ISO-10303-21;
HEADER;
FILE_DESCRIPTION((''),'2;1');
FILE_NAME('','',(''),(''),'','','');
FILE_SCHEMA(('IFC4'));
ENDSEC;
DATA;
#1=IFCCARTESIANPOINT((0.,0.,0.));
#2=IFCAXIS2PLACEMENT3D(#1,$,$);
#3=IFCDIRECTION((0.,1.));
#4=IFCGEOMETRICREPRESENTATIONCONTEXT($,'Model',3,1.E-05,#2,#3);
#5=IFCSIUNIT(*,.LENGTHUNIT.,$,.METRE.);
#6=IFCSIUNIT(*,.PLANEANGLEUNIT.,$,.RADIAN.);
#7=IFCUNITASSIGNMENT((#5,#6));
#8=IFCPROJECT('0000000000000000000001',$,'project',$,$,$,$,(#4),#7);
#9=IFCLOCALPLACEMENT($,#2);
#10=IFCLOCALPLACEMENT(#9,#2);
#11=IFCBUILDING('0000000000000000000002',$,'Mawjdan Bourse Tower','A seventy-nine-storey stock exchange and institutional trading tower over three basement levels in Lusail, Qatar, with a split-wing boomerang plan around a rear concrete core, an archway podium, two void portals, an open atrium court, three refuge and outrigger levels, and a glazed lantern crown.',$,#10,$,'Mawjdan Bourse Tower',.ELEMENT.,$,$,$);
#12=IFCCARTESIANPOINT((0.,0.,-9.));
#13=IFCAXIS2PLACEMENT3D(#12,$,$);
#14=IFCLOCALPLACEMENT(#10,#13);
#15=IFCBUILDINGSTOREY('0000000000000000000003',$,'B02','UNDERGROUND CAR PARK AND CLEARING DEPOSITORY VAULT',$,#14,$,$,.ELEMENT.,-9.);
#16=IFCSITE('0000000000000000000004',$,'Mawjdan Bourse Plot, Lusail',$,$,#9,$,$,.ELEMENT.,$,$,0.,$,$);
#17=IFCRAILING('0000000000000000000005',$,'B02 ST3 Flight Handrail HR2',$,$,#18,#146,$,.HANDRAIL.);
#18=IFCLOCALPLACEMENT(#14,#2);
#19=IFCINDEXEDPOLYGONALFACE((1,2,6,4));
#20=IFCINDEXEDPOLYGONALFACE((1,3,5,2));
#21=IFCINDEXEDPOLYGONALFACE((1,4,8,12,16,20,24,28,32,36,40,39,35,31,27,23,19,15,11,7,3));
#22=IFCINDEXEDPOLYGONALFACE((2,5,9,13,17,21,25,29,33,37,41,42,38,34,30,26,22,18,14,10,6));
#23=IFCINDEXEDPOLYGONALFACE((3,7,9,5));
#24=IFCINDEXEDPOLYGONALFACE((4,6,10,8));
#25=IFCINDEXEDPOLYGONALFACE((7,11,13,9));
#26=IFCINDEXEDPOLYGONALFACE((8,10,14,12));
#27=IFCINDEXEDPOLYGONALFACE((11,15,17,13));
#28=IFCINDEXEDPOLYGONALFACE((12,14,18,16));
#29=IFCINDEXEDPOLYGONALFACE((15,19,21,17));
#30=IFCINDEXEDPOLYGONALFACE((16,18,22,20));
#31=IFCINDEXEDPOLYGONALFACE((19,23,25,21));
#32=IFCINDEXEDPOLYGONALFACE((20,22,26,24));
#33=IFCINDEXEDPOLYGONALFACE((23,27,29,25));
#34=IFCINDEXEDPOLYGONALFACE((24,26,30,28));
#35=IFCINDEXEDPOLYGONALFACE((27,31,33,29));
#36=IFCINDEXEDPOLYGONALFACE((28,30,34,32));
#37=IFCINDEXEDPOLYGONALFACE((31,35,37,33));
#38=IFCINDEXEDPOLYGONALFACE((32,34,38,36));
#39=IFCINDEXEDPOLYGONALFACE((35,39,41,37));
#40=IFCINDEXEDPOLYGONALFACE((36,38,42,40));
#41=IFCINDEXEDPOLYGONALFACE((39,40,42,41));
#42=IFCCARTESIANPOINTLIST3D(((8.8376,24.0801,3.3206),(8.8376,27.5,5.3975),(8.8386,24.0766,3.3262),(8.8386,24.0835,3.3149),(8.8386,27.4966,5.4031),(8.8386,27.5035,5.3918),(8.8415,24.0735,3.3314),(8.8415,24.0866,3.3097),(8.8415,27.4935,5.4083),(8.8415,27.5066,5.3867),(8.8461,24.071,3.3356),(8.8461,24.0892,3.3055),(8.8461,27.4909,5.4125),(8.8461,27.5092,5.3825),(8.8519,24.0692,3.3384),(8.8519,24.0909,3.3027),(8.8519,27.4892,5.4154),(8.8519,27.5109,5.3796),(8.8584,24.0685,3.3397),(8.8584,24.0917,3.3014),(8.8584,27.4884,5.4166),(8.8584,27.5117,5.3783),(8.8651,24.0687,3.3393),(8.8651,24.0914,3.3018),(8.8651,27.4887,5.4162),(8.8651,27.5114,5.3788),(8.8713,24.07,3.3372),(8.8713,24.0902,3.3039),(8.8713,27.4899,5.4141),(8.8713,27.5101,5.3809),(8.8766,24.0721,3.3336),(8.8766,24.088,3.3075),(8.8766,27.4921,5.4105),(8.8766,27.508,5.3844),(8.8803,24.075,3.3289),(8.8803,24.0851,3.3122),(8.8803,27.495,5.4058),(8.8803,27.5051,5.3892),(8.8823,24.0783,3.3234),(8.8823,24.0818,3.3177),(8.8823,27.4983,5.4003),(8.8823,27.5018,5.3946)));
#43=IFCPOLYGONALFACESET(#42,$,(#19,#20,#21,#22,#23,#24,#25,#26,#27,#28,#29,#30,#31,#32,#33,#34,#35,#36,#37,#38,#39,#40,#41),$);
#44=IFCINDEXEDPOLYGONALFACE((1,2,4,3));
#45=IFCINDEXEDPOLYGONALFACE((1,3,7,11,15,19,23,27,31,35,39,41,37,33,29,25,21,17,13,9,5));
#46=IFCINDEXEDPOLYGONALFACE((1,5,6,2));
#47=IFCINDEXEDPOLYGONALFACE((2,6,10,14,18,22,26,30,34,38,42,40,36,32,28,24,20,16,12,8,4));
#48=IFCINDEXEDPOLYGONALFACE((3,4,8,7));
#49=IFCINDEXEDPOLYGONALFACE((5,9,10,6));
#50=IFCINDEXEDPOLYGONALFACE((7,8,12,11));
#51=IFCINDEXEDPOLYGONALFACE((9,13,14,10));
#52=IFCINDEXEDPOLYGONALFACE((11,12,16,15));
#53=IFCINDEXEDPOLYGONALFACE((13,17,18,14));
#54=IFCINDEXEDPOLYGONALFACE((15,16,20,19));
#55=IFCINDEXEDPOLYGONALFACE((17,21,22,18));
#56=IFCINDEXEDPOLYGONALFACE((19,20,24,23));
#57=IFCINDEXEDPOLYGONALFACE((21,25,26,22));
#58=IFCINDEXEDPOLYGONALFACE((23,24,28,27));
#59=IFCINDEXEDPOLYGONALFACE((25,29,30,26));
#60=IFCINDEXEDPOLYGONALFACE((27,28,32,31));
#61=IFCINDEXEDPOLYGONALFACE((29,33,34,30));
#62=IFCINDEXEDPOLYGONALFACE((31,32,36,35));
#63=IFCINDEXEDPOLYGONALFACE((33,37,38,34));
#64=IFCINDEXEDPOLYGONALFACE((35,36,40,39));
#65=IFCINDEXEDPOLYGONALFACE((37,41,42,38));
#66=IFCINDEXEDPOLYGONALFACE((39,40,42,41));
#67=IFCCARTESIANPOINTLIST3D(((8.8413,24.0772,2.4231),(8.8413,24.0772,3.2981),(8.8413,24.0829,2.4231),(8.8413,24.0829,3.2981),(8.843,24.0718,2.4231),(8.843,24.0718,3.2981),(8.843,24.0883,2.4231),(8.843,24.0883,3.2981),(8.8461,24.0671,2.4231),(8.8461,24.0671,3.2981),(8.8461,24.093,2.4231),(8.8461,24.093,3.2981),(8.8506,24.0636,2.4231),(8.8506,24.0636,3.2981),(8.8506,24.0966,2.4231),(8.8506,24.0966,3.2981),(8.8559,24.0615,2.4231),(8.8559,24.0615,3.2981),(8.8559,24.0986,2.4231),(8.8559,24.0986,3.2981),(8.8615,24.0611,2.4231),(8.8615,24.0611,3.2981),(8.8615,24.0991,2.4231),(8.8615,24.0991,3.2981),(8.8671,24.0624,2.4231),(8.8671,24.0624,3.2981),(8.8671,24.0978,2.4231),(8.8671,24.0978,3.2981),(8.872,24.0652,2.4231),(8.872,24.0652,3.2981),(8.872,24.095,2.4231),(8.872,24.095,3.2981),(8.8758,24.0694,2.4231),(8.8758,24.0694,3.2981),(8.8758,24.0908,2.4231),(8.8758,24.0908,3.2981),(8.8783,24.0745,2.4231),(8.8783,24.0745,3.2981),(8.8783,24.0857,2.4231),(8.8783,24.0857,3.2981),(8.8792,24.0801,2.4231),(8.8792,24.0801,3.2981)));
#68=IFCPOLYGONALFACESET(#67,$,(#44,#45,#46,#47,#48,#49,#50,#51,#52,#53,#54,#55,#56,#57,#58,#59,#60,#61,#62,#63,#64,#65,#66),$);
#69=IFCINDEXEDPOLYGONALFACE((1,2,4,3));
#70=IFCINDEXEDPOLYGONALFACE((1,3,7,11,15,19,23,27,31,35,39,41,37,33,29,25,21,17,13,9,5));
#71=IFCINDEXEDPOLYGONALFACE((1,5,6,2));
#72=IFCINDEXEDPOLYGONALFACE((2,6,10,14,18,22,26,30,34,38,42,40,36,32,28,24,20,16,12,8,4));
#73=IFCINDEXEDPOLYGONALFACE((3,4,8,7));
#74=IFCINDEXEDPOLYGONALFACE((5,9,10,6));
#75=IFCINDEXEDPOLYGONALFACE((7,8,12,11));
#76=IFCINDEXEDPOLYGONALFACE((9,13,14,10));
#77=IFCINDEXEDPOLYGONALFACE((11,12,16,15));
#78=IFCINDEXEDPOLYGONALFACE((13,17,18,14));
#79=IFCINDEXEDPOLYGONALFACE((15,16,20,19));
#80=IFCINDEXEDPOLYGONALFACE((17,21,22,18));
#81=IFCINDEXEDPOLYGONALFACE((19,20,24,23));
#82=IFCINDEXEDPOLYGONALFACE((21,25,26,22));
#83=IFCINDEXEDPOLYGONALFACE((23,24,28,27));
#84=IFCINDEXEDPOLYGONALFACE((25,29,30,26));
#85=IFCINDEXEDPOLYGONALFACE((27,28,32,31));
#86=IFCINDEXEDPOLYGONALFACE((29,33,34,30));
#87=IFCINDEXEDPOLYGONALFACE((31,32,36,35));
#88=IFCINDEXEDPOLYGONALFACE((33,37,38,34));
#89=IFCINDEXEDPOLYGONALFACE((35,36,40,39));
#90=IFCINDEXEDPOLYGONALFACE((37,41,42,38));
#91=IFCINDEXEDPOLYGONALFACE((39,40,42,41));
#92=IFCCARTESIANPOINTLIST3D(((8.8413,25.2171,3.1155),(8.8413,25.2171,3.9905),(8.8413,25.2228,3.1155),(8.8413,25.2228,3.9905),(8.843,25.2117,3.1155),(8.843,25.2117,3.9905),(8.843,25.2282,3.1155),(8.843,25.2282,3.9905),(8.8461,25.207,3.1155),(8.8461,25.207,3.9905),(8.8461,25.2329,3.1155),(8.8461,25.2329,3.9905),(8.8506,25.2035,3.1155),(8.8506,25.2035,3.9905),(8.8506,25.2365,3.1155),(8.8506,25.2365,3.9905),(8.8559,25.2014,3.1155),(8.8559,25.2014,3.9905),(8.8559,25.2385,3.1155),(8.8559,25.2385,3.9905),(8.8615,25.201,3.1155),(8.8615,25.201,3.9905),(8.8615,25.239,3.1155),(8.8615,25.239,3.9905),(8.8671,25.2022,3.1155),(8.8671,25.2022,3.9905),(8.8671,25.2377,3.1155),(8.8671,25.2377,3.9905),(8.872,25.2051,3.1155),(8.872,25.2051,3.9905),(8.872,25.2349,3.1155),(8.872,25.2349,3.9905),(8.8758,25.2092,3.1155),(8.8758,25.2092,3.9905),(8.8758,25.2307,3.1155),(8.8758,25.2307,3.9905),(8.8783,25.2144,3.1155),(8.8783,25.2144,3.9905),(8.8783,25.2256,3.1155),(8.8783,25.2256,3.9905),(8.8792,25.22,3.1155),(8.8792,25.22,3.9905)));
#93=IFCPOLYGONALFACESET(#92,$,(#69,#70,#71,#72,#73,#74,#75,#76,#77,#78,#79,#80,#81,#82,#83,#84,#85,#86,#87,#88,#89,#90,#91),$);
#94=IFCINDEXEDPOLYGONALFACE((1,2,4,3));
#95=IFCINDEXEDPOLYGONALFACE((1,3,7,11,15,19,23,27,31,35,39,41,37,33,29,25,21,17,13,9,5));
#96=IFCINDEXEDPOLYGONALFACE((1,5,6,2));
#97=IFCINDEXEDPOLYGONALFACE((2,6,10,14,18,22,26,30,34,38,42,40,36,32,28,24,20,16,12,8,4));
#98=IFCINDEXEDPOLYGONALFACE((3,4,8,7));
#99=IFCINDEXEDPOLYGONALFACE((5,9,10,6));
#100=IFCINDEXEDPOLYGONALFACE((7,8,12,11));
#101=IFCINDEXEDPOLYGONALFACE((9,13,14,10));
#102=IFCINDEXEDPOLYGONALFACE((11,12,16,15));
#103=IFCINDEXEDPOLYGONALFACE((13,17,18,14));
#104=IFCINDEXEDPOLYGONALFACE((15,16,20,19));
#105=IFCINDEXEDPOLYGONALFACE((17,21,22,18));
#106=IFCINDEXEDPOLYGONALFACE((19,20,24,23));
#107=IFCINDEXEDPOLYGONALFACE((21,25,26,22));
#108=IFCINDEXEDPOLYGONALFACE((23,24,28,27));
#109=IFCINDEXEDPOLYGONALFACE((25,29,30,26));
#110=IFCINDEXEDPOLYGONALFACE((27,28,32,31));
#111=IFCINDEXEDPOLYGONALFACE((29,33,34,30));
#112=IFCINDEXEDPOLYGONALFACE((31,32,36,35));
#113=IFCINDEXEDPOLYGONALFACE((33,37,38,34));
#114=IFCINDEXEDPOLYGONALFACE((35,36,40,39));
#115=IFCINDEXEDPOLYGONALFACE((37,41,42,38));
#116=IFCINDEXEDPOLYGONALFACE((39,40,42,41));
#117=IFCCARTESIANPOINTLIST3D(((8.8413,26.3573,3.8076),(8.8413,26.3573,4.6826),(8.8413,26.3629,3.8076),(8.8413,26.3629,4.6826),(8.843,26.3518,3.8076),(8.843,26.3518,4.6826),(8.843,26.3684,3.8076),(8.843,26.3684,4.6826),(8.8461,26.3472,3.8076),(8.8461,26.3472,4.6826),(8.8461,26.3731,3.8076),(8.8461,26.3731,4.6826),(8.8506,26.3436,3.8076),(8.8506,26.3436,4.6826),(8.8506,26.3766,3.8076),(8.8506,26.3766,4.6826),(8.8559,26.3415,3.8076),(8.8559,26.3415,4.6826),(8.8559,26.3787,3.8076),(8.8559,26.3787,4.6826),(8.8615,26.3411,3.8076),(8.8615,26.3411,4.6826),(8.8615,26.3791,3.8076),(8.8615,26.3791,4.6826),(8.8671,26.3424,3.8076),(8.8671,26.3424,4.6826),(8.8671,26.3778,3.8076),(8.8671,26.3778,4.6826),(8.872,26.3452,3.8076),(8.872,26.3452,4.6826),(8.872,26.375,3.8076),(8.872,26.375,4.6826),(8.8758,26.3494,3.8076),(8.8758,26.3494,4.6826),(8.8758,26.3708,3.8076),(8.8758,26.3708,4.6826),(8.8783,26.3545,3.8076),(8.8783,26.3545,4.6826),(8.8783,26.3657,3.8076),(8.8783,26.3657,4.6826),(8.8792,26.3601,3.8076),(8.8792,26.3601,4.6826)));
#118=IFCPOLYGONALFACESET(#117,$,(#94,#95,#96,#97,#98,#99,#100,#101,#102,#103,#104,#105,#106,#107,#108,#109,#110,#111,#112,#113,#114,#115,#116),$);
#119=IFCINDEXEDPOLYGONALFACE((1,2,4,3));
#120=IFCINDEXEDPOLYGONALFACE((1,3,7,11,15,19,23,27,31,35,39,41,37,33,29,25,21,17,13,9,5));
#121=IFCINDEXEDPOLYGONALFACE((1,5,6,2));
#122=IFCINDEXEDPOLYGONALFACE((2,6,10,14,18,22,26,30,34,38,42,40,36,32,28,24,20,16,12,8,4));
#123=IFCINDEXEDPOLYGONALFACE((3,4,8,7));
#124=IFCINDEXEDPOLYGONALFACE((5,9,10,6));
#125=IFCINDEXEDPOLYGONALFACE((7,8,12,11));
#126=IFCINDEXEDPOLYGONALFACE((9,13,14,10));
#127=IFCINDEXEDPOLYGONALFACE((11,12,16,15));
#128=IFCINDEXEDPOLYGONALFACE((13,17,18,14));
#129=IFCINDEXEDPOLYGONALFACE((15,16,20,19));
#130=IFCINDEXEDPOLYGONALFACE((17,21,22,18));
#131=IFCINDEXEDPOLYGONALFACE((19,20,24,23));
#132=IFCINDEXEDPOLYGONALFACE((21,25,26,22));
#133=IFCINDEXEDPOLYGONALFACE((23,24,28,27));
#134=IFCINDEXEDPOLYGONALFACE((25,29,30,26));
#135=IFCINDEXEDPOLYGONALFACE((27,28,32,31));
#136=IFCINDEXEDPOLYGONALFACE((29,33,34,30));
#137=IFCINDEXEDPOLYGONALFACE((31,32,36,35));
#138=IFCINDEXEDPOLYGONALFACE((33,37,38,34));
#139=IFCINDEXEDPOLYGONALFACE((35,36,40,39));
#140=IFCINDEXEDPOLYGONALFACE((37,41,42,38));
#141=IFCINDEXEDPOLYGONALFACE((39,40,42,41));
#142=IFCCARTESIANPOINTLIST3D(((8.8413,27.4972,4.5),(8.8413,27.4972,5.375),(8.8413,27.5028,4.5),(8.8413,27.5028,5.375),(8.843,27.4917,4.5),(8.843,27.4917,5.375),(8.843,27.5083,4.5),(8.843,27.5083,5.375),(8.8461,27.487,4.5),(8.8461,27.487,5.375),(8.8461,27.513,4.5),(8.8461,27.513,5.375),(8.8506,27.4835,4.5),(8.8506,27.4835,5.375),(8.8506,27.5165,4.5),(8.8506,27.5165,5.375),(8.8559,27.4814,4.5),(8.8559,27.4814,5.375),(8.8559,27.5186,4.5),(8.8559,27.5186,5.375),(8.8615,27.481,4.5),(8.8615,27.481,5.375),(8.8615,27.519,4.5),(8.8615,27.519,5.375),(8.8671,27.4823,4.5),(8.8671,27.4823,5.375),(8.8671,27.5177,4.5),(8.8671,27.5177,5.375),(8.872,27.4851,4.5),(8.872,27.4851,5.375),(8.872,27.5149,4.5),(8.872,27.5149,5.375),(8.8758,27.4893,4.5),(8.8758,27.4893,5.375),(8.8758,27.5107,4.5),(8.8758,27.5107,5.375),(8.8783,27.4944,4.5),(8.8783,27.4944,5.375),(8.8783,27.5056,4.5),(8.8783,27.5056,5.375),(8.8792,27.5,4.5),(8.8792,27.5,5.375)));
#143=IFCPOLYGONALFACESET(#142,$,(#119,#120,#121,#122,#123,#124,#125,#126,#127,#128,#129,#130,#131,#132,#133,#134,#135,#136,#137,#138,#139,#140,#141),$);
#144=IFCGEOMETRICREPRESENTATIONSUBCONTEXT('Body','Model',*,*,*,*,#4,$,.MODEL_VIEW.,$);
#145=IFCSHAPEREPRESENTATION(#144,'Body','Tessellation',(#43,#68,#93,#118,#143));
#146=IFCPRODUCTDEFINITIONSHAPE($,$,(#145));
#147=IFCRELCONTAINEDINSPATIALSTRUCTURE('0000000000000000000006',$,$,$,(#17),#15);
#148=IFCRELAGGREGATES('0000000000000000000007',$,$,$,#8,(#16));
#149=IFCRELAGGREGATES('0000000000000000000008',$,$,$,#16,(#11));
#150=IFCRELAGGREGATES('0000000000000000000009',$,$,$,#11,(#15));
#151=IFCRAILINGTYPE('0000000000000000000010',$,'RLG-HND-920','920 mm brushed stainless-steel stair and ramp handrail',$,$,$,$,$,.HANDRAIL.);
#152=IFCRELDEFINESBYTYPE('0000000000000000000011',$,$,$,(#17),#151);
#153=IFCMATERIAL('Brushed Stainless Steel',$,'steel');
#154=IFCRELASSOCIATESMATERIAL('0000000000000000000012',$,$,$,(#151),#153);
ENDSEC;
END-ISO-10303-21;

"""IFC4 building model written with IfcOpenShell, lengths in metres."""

from ifc_helpers import new_model, si_unit, direction, frame, origin, origin_2d, place, context, subcontext, project, spatial, circle, extrude, material, type_object, element, save


model = new_model("IFC4")

# Units and contexts
model_context = context("Model", 3, precision=1e-05, world=origin(), true_north=direction((0.0, 1.0)))
body_context = subcontext(model_context, "Body", "Model", "MODEL_VIEW")
ifc_project = project(units=[si_unit("LENGTHUNIT", "METRE"), si_unit("PLANEANGLEUNIT", "RADIAN")], contexts=[model_context])

# Site, building, storey
site_placement = place(None, origin())
site = spatial("IfcSite", under=ifc_project, at=site_placement, Name="Mawjdan Bourse Plot, Lusail", CompositionType="ELEMENT", RefElevation=0.0)
building_placement = place(site_placement, origin())
building = spatial("IfcBuilding", under=site, at=building_placement, Name="Mawjdan Bourse Tower", Description="A seventy-nine-storey stock exchange and institutional trading tower over three basement levels in Lusail, Qatar, with a split-wing boomerang plan around a rear concrete core, an archway podium, two void portals, an open atrium court, three refuge and outrigger levels, and a glazed lantern crown.", LongName="Mawjdan Bourse Tower", CompositionType="ELEMENT")
storey_placement = place(building_placement, frame((0.0, 0.0, -9.0)))
storey = spatial("IfcBuildingStorey", under=building, at=storey_placement, Name="B02", Description="UNDERGROUND CAR PARK AND CLEARING DEPOSITORY VAULT", CompositionType="ELEMENT", Elevation=-9.0)

# Railing
ifc_material_1 = material(Name="Brushed Stainless Steel", Category="steel")
railing_type_1 = type_object("IfcRailingType", Name="RLG-HND-920", Description="920 mm brushed stainless-steel stair and ramp handrail", PredefinedType="HANDRAIL", material=ifc_material_1)
railing_placement = place(storey_placement, frame((8.8601, 24.0801, 2.4231)))
element("IfcRailing", 1, at=railing_placement, inside=storey, type_object=railing_type_1, Name="B02 ST3 Flight Handrail HR2", PredefinedType="HANDRAIL", context=body_context, shape_type="SweptSolid", body=[
    extrude(circle(Radius=0.0225, at=origin_2d()), frame((0.0, 0.0, 0.8975), z_axis=(0.0, 0.85473, 0.519074), x_axis=(-1.0, 0.0, 0.0)), (0.0, 0.0, 1.0), 4.0012),
    extrude(circle(Radius=0.019, at=origin_2d()), origin(), (0.0, 0.0, 1.0), 0.875),
    extrude(circle(Radius=0.019, at=origin_2d()), frame((0.0, 1.1399, 0.6924)), (0.0, 0.0, 1.0), 0.875),
    extrude(circle(Radius=0.019, at=origin_2d()), frame((0.0, 2.28, 1.3845)), (0.0, 0.0, 1.0), 0.875),
    extrude(circle(Radius=0.019, at=origin_2d()), frame((0.0, 3.4199, 2.0769)), (0.0, 0.0, 1.0), 0.875),
])

save(model, "model.ifc")
